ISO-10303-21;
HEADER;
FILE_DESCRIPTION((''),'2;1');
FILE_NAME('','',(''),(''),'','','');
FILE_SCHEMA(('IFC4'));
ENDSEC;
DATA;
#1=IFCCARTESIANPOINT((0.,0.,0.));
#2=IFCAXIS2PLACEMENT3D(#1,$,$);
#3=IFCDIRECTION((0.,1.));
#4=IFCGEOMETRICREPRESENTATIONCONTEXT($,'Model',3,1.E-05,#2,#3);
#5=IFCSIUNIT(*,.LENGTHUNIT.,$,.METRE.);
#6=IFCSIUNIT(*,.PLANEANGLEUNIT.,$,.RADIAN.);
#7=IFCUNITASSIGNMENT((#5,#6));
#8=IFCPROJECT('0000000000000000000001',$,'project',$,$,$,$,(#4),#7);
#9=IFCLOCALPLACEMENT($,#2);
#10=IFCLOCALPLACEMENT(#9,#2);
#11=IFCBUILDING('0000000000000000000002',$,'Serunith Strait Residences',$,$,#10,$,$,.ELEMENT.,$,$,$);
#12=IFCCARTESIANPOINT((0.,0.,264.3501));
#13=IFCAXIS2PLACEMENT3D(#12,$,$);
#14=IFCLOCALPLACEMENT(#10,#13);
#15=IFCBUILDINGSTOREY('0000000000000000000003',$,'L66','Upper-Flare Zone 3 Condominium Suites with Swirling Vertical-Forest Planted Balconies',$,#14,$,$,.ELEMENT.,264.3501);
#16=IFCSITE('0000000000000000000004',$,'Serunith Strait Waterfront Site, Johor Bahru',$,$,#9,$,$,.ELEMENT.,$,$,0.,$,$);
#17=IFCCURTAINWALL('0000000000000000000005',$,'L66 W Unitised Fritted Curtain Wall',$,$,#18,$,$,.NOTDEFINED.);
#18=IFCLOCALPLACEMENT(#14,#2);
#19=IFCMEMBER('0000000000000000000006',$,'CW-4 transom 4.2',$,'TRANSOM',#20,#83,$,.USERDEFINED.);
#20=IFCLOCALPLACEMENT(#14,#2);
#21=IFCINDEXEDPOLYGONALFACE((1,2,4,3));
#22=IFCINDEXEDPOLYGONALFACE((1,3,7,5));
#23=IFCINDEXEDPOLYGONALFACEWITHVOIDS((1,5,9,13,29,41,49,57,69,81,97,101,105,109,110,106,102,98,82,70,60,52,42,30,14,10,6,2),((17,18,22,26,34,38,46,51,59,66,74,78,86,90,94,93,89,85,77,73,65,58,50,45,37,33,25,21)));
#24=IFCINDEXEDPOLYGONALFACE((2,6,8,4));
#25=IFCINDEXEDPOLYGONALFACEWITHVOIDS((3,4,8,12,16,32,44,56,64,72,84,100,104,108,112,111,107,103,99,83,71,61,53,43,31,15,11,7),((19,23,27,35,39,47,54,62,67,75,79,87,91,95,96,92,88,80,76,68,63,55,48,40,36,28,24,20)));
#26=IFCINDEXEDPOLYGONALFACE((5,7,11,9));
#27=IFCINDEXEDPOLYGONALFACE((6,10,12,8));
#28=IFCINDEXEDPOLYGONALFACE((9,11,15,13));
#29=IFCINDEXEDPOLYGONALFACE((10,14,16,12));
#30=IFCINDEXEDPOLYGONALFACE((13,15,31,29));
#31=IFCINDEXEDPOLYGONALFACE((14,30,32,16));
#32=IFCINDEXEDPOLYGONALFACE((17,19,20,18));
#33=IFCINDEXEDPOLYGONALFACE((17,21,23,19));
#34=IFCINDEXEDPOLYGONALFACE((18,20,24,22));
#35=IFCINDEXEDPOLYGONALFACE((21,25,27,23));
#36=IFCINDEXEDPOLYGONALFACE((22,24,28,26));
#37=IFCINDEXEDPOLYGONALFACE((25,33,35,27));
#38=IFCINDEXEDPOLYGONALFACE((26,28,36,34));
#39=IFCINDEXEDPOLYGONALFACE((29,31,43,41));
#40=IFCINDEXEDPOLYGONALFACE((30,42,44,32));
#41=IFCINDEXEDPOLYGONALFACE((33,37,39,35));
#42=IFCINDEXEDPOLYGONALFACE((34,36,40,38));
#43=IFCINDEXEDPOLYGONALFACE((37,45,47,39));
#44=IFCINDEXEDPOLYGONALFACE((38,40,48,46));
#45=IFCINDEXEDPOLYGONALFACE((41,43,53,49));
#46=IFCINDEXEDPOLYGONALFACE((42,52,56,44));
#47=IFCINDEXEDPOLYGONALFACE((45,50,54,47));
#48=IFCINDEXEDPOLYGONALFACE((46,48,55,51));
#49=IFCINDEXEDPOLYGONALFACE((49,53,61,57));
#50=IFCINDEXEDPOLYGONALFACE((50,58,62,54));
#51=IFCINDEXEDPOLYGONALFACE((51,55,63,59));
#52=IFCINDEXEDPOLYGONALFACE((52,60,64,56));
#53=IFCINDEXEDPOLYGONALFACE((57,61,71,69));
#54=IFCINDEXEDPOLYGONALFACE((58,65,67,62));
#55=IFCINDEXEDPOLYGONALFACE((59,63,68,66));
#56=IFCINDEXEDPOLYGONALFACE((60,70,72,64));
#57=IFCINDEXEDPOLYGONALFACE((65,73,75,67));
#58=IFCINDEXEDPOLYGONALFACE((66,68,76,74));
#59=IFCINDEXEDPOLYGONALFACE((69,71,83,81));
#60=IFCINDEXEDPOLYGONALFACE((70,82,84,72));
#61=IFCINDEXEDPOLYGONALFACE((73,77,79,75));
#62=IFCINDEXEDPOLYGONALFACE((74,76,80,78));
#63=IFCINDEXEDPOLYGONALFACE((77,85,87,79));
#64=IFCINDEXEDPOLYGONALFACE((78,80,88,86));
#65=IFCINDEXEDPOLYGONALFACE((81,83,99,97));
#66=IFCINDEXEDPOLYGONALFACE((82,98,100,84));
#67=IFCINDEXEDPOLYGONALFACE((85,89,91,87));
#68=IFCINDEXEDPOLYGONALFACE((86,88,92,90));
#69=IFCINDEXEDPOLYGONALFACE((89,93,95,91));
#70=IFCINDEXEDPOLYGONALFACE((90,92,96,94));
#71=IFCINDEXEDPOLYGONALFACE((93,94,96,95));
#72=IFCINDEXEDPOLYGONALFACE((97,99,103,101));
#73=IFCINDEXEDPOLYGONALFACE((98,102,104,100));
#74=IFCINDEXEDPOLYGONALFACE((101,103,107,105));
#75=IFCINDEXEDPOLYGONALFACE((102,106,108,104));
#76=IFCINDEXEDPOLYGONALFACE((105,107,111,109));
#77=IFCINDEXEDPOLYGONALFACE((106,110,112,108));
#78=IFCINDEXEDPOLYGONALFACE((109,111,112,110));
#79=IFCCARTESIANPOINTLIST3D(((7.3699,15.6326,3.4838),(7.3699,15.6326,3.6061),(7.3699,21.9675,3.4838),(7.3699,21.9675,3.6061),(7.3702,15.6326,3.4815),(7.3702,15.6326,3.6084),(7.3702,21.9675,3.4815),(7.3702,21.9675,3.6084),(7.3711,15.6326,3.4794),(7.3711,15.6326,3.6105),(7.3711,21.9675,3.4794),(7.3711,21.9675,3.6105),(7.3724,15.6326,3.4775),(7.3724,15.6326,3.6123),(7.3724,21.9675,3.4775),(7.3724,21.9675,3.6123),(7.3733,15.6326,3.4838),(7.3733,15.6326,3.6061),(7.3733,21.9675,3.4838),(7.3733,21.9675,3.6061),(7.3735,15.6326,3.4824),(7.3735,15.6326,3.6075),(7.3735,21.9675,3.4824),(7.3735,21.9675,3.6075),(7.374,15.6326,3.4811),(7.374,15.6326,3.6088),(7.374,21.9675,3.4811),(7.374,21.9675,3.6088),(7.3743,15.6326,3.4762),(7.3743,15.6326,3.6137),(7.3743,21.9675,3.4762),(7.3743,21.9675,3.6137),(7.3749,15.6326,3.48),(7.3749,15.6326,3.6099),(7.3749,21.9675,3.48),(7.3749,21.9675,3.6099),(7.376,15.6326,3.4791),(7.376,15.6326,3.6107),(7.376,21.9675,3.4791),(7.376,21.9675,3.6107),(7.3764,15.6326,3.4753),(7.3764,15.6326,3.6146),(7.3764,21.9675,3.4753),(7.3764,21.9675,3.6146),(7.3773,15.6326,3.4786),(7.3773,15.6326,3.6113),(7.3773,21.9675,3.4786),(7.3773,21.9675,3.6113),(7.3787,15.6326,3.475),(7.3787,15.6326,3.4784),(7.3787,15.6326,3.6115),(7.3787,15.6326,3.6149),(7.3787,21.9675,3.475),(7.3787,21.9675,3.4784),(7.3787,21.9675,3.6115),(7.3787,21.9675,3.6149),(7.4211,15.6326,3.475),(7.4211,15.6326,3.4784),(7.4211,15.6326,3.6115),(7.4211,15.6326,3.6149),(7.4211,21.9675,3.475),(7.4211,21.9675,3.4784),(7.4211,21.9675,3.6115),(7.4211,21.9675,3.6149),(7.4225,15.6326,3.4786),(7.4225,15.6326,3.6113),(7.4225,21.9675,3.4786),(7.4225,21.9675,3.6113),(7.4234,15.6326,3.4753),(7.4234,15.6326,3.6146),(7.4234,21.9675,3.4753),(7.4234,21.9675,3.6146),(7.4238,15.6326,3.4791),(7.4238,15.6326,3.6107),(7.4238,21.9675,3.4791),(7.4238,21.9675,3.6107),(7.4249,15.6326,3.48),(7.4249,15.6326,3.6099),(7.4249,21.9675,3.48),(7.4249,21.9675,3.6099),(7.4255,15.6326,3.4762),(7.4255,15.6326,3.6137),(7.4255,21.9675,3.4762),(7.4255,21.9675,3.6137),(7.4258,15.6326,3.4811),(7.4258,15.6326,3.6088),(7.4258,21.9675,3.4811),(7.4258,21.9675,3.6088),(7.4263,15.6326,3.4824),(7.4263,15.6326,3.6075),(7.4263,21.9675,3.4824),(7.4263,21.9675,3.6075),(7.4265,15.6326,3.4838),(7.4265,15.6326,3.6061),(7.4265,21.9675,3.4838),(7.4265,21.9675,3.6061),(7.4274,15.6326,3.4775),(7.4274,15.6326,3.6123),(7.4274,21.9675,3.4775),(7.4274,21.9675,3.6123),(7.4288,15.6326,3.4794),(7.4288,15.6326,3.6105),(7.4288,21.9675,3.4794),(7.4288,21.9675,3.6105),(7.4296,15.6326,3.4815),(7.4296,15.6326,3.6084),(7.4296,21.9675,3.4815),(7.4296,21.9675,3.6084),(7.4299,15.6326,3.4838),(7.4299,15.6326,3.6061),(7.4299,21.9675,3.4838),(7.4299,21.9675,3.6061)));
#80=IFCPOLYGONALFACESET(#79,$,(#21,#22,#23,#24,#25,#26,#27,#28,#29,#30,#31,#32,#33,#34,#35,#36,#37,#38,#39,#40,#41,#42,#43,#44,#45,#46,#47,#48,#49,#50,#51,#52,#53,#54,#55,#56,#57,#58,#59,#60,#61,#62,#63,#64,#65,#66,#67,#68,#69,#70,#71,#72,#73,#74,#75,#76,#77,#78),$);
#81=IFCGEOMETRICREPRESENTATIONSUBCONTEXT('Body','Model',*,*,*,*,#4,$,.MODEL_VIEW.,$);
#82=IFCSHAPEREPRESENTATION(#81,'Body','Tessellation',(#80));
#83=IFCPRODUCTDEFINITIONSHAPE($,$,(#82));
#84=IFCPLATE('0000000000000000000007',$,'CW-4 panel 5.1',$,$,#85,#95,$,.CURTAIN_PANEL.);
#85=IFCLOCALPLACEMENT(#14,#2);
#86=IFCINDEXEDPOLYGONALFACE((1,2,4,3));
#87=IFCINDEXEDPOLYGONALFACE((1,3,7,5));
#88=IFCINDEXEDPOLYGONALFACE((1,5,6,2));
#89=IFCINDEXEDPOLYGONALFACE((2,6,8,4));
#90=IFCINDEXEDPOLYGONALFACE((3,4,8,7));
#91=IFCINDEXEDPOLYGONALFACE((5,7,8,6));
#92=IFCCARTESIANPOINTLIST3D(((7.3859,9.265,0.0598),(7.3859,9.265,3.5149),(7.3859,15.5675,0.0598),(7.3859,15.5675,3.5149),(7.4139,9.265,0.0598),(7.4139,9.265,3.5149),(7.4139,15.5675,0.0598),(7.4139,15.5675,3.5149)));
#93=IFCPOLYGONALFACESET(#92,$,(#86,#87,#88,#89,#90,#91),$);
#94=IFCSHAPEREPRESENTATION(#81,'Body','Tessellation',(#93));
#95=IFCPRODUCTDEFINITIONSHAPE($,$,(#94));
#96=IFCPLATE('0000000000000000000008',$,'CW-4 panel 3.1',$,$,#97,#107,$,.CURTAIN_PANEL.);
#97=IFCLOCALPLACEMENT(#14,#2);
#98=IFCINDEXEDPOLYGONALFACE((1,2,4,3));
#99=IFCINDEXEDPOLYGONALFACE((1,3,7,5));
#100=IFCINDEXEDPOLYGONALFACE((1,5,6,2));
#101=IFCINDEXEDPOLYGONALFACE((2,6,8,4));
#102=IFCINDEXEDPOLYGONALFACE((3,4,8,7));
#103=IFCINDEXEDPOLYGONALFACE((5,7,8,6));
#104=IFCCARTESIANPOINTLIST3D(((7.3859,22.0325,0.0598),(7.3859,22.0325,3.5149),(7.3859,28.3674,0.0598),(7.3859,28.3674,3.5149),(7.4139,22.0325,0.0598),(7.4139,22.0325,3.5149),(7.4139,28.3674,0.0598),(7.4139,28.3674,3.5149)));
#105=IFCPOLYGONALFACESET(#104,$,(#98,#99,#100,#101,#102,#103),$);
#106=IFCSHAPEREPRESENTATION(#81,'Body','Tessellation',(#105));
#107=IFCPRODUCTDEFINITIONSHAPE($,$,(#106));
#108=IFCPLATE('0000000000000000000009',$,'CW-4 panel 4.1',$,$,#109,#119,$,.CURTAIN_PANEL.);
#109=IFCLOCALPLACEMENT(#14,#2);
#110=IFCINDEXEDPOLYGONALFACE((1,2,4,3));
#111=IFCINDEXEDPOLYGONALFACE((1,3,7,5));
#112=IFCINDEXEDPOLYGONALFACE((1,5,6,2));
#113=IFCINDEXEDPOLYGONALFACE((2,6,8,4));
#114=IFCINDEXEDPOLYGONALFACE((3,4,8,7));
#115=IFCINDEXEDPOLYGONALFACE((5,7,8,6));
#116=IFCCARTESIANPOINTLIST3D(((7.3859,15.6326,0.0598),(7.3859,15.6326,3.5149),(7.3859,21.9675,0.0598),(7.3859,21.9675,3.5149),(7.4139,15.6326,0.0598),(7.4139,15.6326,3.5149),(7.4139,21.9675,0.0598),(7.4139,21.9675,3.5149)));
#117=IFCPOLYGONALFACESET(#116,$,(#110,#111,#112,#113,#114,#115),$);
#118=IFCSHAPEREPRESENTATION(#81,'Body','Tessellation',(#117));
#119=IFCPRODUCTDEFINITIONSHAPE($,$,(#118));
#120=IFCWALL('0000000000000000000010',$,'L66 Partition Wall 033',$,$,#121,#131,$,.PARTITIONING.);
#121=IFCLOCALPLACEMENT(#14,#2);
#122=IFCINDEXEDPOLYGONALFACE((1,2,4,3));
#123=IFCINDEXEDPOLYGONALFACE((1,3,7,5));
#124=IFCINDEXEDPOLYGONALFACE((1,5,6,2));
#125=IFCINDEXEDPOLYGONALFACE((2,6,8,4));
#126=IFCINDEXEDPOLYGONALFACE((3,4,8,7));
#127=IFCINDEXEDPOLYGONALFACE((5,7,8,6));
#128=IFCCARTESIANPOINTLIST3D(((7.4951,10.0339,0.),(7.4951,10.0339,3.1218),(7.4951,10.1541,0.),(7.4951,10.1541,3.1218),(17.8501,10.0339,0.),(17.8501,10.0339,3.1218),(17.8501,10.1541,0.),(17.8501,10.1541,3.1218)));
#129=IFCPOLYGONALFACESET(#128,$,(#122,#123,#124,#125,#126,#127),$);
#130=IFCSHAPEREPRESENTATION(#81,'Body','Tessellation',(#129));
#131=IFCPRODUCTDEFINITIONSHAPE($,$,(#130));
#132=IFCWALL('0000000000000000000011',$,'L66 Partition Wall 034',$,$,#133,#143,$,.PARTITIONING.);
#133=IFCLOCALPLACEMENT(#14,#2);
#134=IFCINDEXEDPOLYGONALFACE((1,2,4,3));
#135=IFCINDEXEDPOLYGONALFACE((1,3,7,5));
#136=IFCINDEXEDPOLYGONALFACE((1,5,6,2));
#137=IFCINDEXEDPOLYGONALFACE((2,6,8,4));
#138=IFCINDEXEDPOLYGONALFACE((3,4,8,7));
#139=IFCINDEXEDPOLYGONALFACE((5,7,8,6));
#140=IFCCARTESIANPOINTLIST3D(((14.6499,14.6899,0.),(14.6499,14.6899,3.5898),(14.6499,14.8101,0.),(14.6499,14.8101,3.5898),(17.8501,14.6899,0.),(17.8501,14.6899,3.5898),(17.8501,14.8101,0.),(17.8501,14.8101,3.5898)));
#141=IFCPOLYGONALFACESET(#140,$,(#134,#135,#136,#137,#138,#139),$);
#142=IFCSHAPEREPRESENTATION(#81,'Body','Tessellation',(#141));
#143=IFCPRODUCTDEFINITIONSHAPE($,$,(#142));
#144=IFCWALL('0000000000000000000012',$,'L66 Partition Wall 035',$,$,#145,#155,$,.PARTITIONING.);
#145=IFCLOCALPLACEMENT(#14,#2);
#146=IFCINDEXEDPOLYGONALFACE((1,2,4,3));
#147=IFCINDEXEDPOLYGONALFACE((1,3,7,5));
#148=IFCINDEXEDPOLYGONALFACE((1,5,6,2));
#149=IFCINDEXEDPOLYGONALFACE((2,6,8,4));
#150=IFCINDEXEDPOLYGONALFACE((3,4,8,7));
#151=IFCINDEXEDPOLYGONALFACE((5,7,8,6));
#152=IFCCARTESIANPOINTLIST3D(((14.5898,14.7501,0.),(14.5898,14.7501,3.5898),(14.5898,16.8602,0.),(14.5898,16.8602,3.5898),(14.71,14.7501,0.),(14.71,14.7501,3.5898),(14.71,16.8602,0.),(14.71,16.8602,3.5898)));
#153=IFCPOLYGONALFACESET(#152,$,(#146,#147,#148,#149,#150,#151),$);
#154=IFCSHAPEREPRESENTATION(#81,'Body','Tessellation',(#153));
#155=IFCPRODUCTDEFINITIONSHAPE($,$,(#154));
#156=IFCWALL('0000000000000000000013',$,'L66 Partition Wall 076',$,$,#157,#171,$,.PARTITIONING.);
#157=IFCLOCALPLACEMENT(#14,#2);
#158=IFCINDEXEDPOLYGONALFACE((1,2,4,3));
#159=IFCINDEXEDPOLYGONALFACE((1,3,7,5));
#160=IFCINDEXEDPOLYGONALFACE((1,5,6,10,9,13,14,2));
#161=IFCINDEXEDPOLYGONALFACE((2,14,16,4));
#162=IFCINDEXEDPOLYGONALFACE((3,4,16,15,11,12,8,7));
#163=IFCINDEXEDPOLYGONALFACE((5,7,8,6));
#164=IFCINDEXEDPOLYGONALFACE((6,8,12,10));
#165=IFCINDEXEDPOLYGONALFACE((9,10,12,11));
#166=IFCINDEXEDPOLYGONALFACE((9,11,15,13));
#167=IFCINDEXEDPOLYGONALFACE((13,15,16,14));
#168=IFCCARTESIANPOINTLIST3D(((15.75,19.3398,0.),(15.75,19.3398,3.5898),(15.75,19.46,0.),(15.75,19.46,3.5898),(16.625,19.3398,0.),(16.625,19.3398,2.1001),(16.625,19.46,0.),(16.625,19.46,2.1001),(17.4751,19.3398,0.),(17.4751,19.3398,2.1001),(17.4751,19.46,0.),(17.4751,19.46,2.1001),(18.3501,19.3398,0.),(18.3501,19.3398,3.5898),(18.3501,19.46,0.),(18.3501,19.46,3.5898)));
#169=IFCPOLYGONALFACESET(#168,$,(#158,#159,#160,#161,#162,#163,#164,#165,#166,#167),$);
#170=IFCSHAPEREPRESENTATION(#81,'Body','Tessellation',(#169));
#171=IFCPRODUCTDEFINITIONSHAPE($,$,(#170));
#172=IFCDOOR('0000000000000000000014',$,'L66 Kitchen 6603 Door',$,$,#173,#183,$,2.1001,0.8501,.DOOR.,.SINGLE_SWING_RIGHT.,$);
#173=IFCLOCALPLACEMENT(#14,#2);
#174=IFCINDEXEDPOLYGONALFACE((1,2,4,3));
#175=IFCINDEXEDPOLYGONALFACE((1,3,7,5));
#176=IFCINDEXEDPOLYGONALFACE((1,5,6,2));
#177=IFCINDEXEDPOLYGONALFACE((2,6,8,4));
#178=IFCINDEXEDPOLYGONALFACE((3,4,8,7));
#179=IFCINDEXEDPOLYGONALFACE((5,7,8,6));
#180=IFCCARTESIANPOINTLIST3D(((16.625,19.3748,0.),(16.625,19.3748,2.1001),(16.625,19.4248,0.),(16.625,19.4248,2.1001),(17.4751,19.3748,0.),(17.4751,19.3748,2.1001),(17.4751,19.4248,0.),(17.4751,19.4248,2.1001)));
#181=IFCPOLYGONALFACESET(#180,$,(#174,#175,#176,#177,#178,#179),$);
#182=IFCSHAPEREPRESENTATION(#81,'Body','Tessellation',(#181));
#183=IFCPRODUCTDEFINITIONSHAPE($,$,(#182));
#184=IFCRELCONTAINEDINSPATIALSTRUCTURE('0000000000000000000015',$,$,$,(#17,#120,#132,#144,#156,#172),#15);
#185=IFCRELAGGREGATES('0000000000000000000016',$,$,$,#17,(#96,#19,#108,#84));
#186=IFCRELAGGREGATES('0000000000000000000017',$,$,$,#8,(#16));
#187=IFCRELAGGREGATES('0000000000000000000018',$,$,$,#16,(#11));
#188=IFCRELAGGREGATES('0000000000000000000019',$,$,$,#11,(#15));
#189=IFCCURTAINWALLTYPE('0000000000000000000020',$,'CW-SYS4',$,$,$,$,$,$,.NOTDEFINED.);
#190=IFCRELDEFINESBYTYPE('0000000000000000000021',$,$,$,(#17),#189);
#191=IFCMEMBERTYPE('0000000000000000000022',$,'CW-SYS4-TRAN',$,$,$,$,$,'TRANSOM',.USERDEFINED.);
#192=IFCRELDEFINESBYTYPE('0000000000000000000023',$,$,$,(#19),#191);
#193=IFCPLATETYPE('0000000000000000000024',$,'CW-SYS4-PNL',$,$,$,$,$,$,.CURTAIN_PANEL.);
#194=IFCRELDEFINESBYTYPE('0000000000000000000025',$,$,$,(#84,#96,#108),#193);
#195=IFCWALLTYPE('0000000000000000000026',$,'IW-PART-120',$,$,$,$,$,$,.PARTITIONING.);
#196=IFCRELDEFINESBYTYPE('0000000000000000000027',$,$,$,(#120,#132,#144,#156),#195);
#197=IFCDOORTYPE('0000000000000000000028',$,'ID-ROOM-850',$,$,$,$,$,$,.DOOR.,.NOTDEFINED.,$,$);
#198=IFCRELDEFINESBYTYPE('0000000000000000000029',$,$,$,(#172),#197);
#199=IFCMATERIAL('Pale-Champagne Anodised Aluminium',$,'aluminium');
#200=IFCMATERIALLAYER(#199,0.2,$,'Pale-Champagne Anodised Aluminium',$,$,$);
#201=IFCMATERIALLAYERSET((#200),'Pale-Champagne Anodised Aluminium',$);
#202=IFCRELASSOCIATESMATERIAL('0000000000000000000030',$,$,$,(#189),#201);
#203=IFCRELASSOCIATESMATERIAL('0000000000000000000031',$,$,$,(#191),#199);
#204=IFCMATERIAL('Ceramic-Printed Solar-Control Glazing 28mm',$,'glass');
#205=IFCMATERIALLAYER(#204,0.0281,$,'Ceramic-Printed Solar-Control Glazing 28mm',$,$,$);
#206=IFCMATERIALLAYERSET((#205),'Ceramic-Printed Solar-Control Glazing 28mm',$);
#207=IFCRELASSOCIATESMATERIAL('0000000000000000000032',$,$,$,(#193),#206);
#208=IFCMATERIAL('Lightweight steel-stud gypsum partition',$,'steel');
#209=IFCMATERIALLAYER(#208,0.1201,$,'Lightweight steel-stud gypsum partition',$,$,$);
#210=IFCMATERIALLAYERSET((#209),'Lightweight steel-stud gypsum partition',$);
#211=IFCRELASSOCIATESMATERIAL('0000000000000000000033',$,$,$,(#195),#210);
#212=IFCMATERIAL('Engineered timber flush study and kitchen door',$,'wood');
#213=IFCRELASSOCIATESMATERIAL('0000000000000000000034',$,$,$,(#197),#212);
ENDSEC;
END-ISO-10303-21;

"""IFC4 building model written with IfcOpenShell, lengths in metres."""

from ifc_helpers import new_model, si_unit, direction, frame, frame_2d, origin, origin_2d, place, context, subcontext, project, spatial, rectangle, hollow_rectangle, extrude, source, transform, mapped, material, layer, layer_set, material_profile, profile_set, type_object, element, fill, aggregate, save


model = new_model("IFC4")

# Units and contexts
model_context = context("Model", 3, precision=1e-05, world=origin(), true_north=direction((0.0, 1.0)))
body_context = subcontext(model_context, "Body", "Model", "MODEL_VIEW")
ifc_project = project(units=[si_unit("LENGTHUNIT", "METRE"), si_unit("PLANEANGLEUNIT", "RADIAN")], contexts=[model_context])

# Site, building, storey
site_placement = place(None, origin())
site = spatial("IfcSite", under=ifc_project, at=site_placement, Name="Serunith Strait Waterfront Site, Johor Bahru", CompositionType="ELEMENT", RefElevation=0.0)
building_placement = place(site_placement, origin())
building = spatial("IfcBuilding", under=site, at=building_placement, Name="Serunith Strait Residences", CompositionType="ELEMENT")
storey_placement = place(building_placement, frame((0.0, 0.0, 264.3501)))
storey = spatial("IfcBuildingStorey", under=building, at=storey_placement, Name="L66", Description="Upper-Flare Zone 3 Condominium Suites with Swirling Vertical-Forest Planted Balconies", CompositionType="ELEMENT", Elevation=264.3501)

# Curtain wall, member, plates
ifc_material_1 = material(Name="Pale-Champagne Anodised Aluminium", Category="aluminium")
ifc_layer_1 = layer(ifc_material_1, 0.2, Name="Pale-Champagne Anodised Aluminium")
ifc_layer_set_1 = layer_set([ifc_layer_1], Name="Pale-Champagne Anodised Aluminium")
curtain_wall_type = type_object("IfcCurtainWallType", Name="CW-SYS4", PredefinedType="NOTDEFINED", material=ifc_layer_set_1)
curtain_wall_placement = place(storey_placement, origin())
curtain_wall = element("IfcCurtainWall", 1, at=curtain_wall_placement, inside=storey, type_object=curtain_wall_type, Name="L66 W Unitised Fritted Curtain Wall", PredefinedType="NOTDEFINED")
ifc_material_profile_1 = material_profile(ifc_material_1, hollow_rectangle(XDim=0.0601, YDim=0.1399, WallThickness=0.0034, InnerFilletRadius=0.0054, OuterFilletRadius=0.0088, at=origin_2d()), Name="ALU 140x60x3.5")
ifc_profile_set_1 = profile_set([ifc_material_profile_1], Name="Pale-Champagne Anodised Aluminium")
member_type_1 = type_object("IfcMemberType", Name="CW-SYS4-TRAN", ElementType="TRANSOM", PredefinedType="USERDEFINED", material=ifc_profile_set_1)
shared_shape_1 = source(origin(), body_context, "Body", "SweptSolid", [
    extrude(hollow_rectangle(XDim=0.0601, YDim=0.1399, WallThickness=0.0034, InnerFilletRadius=0.0054, OuterFilletRadius=0.0088, at=origin_2d()), origin(), (0.0, 0.0, 1.0), 6.335),
])
member_1_placement = place(storey_placement, frame((7.3999, 21.9675, 3.5449), z_axis=(0.0, -1.0, 0.0), x_axis=(1.0, 0.0, 0.0)))
member_1 = element("IfcMember", 2, at=member_1_placement, type_object=member_type_1, Name="CW-4 transom 4.2", ObjectType="TRANSOM", PredefinedType="USERDEFINED", context=body_context, shape_type="MappedRepresentation", body=[
    mapped(shared_shape_1, transform((0.0, 0.0, 0.0), scale=1.0)),
])
ifc_material_2 = material(Name="Ceramic-Printed Solar-Control Glazing 28mm", Category="glass")
ifc_layer_2 = layer(ifc_material_2, 0.0281, Name="Ceramic-Printed Solar-Control Glazing 28mm")
ifc_layer_set_2 = layer_set([ifc_layer_2], Name="Ceramic-Printed Solar-Control Glazing 28mm")
plate_type = type_object("IfcPlateType", Name="CW-SYS4-PNL", PredefinedType="CURTAIN_PANEL", material=ifc_layer_set_2)
shared_shape_2 = source(origin(), body_context, "Body", "SweptSolid", [
    extrude(rectangle(XDim=6.3025, YDim=0.0281, at=origin_2d()), origin(), (0.0, 0.0, 1.0), 3.4551),
])
plate_1_placement = place(storey_placement, frame((7.3999, 12.4163, 0.0598), z_axis=(0.0, 0.0, 1.0), x_axis=(0.0, -1.0, 0.0)))
plate_1 = element("IfcPlate", 3, at=plate_1_placement, type_object=plate_type, Name="CW-4 panel 5.1", PredefinedType="CURTAIN_PANEL", context=body_context, shape_type="MappedRepresentation", body=[
    mapped(shared_shape_2, transform((0.0, 0.0, 0.0), scale=1.0)),
])
shared_shape_3 = source(origin(), body_context, "Body", "SweptSolid", [
    extrude(rectangle(XDim=6.335, YDim=0.0281, at=origin_2d()), origin(), (0.0, 0.0, 1.0), 3.4551),
])
plate_2_placement = place(storey_placement, frame((7.3999, 25.2, 0.0598), z_axis=(0.0, 0.0, 1.0), x_axis=(0.0, -1.0, 0.0)))
plate_2 = element("IfcPlate", 4, at=plate_2_placement, type_object=plate_type, Name="CW-4 panel 3.1", PredefinedType="CURTAIN_PANEL", context=body_context, shape_type="MappedRepresentation", body=[
    mapped(shared_shape_3, transform((0.0, 0.0, 0.0), scale=1.0)),
])
plate_3_placement = place(storey_placement, frame((7.3999, 18.8, 0.0598), z_axis=(0.0, 0.0, 1.0), x_axis=(0.0, -1.0, 0.0)))
plate_3 = element("IfcPlate", 5, at=plate_3_placement, type_object=plate_type, Name="CW-4 panel 4.1", PredefinedType="CURTAIN_PANEL", context=body_context, shape_type="MappedRepresentation", body=[
    mapped(shared_shape_3, transform((0.0, 0.0, 0.0), scale=1.0)),
])
aggregate(curtain_wall, [plate_2, member_1, plate_3, plate_1])

# Walls
ifc_material_3 = material(Name="Lightweight steel-stud gypsum partition", Category="steel")
ifc_layer_3 = layer(ifc_material_3, 0.1201, Name="Lightweight steel-stud gypsum partition")
ifc_layer_set_3 = layer_set([ifc_layer_3], Name="Lightweight steel-stud gypsum partition")
wall_type_1 = type_object("IfcWallType", Name="IW-PART-120", PredefinedType="PARTITIONING", material=ifc_layer_set_3)
wall_1_placement = place(storey_placement, frame((7.4951, 10.094, 0.0), z_axis=(0.0, 0.0, 1.0), x_axis=(1.0, 0.0, 0.0)))
element("IfcWall", 6, at=wall_1_placement, inside=storey, type_object=wall_type_1, Name="L66 Partition Wall 033", PredefinedType="PARTITIONING", context=body_context, shape_type="SweptSolid", body=[
    extrude(rectangle(XDim=10.355, YDim=0.1201, at=frame_2d((5.1775, 0.0))), origin(), (0.0, 0.0, 1.0), 3.1218),
])
wall_2_placement = place(storey_placement, frame((14.6499, 14.75, 0.0), z_axis=(0.0, 0.0, 1.0), x_axis=(1.0, 0.0, 0.0)))
element("IfcWall", 7, at=wall_2_placement, inside=storey, type_object=wall_type_1, Name="L66 Partition Wall 034", PredefinedType="PARTITIONING", context=body_context, shape_type="SweptSolid", body=[
    extrude(rectangle(XDim=3.2002, YDim=0.1201, at=frame_2d((1.6001, 0.0))), origin(), (0.0, 0.0, 1.0), 3.5898),
])
wall_3_placement = place(storey_placement, frame((14.6499, 14.75, 0.0), z_axis=(0.0, 0.0, 1.0), x_axis=(0.0, 1.0, 0.0)))
element("IfcWall", 8, at=wall_3_placement, inside=storey, type_object=wall_type_1, Name="L66 Partition Wall 035", PredefinedType="PARTITIONING", context=body_context, shape_type="SweptSolid", body=[
    extrude(rectangle(XDim=2.1101, YDim=0.1201, at=frame_2d((1.0552, 0.0))), origin(), (0.0, 0.0, 1.0), 3.5898),
])

# Wall, opening, door
wall_4_placement = place(storey_placement, frame((15.75, 19.3999, 0.0), z_axis=(0.0, 0.0, 1.0), x_axis=(1.0, 0.0, 0.0)))
wall_4 = element("IfcWall", 9, at=wall_4_placement, inside=storey, type_object=wall_type_1, Name="L66 Partition Wall 076", PredefinedType="PARTITIONING", context=body_context, shape_type="SweptSolid", body=[
    extrude(rectangle(XDim=2.6001, YDim=0.1201, at=frame_2d((1.3, 0.0))), origin(), (0.0, 0.0, 1.0), 3.5898),
])
opening_placement = place(wall_4_placement, frame((0.875, 0.0, 0.0)))
opening = element("IfcOpeningElement", 10, at=opening_placement, cuts=wall_4, PredefinedType="OPENING", context=body_context, shape_type="SweptSolid", body=[
    extrude(rectangle(XDim=0.8501, YDim=2.1001, at=frame_2d((0.425, 1.05))), frame((0.0, 0.0701, 0.0), z_axis=(0.0, -1.0, 0.0), x_axis=(1.0, 0.0, 0.0)), (0.0, 0.0, 1.0), 0.1401),
])
ifc_material_4 = material(Name="Engineered timber flush study and kitchen door", Category="wood")
door_type = type_object("IfcDoorType", Name="ID-ROOM-850", OperationType="NOTDEFINED", PredefinedType="DOOR", material=ifc_material_4)
shared_shape_4 = source(origin(), body_context, "Body", "SweptSolid", [
    extrude(rectangle(XDim=0.8501, YDim=2.1001, at=frame_2d((0.425, 1.05))), frame((0.0, 0.0249, 0.0), z_axis=(0.0, -1.0, 0.0), x_axis=(1.0, 0.0, 0.0)), (0.0, 0.0, 1.0), 0.05),
])
door_placement = place(opening_placement, origin())
door = element("IfcDoor", 11, at=door_placement, inside=storey, type_object=door_type, Name="L66 Kitchen 6603 Door", OperationType="SINGLE_SWING_RIGHT", OverallHeight=2.1001, OverallWidth=0.8501, PredefinedType="DOOR", context=body_context, shape_type="MappedRepresentation", body=[
    mapped(shared_shape_4, transform((0.0, 0.0, 0.0), scale=1.0)),
])
fill(opening, door)

save(model, "model.ifc")
